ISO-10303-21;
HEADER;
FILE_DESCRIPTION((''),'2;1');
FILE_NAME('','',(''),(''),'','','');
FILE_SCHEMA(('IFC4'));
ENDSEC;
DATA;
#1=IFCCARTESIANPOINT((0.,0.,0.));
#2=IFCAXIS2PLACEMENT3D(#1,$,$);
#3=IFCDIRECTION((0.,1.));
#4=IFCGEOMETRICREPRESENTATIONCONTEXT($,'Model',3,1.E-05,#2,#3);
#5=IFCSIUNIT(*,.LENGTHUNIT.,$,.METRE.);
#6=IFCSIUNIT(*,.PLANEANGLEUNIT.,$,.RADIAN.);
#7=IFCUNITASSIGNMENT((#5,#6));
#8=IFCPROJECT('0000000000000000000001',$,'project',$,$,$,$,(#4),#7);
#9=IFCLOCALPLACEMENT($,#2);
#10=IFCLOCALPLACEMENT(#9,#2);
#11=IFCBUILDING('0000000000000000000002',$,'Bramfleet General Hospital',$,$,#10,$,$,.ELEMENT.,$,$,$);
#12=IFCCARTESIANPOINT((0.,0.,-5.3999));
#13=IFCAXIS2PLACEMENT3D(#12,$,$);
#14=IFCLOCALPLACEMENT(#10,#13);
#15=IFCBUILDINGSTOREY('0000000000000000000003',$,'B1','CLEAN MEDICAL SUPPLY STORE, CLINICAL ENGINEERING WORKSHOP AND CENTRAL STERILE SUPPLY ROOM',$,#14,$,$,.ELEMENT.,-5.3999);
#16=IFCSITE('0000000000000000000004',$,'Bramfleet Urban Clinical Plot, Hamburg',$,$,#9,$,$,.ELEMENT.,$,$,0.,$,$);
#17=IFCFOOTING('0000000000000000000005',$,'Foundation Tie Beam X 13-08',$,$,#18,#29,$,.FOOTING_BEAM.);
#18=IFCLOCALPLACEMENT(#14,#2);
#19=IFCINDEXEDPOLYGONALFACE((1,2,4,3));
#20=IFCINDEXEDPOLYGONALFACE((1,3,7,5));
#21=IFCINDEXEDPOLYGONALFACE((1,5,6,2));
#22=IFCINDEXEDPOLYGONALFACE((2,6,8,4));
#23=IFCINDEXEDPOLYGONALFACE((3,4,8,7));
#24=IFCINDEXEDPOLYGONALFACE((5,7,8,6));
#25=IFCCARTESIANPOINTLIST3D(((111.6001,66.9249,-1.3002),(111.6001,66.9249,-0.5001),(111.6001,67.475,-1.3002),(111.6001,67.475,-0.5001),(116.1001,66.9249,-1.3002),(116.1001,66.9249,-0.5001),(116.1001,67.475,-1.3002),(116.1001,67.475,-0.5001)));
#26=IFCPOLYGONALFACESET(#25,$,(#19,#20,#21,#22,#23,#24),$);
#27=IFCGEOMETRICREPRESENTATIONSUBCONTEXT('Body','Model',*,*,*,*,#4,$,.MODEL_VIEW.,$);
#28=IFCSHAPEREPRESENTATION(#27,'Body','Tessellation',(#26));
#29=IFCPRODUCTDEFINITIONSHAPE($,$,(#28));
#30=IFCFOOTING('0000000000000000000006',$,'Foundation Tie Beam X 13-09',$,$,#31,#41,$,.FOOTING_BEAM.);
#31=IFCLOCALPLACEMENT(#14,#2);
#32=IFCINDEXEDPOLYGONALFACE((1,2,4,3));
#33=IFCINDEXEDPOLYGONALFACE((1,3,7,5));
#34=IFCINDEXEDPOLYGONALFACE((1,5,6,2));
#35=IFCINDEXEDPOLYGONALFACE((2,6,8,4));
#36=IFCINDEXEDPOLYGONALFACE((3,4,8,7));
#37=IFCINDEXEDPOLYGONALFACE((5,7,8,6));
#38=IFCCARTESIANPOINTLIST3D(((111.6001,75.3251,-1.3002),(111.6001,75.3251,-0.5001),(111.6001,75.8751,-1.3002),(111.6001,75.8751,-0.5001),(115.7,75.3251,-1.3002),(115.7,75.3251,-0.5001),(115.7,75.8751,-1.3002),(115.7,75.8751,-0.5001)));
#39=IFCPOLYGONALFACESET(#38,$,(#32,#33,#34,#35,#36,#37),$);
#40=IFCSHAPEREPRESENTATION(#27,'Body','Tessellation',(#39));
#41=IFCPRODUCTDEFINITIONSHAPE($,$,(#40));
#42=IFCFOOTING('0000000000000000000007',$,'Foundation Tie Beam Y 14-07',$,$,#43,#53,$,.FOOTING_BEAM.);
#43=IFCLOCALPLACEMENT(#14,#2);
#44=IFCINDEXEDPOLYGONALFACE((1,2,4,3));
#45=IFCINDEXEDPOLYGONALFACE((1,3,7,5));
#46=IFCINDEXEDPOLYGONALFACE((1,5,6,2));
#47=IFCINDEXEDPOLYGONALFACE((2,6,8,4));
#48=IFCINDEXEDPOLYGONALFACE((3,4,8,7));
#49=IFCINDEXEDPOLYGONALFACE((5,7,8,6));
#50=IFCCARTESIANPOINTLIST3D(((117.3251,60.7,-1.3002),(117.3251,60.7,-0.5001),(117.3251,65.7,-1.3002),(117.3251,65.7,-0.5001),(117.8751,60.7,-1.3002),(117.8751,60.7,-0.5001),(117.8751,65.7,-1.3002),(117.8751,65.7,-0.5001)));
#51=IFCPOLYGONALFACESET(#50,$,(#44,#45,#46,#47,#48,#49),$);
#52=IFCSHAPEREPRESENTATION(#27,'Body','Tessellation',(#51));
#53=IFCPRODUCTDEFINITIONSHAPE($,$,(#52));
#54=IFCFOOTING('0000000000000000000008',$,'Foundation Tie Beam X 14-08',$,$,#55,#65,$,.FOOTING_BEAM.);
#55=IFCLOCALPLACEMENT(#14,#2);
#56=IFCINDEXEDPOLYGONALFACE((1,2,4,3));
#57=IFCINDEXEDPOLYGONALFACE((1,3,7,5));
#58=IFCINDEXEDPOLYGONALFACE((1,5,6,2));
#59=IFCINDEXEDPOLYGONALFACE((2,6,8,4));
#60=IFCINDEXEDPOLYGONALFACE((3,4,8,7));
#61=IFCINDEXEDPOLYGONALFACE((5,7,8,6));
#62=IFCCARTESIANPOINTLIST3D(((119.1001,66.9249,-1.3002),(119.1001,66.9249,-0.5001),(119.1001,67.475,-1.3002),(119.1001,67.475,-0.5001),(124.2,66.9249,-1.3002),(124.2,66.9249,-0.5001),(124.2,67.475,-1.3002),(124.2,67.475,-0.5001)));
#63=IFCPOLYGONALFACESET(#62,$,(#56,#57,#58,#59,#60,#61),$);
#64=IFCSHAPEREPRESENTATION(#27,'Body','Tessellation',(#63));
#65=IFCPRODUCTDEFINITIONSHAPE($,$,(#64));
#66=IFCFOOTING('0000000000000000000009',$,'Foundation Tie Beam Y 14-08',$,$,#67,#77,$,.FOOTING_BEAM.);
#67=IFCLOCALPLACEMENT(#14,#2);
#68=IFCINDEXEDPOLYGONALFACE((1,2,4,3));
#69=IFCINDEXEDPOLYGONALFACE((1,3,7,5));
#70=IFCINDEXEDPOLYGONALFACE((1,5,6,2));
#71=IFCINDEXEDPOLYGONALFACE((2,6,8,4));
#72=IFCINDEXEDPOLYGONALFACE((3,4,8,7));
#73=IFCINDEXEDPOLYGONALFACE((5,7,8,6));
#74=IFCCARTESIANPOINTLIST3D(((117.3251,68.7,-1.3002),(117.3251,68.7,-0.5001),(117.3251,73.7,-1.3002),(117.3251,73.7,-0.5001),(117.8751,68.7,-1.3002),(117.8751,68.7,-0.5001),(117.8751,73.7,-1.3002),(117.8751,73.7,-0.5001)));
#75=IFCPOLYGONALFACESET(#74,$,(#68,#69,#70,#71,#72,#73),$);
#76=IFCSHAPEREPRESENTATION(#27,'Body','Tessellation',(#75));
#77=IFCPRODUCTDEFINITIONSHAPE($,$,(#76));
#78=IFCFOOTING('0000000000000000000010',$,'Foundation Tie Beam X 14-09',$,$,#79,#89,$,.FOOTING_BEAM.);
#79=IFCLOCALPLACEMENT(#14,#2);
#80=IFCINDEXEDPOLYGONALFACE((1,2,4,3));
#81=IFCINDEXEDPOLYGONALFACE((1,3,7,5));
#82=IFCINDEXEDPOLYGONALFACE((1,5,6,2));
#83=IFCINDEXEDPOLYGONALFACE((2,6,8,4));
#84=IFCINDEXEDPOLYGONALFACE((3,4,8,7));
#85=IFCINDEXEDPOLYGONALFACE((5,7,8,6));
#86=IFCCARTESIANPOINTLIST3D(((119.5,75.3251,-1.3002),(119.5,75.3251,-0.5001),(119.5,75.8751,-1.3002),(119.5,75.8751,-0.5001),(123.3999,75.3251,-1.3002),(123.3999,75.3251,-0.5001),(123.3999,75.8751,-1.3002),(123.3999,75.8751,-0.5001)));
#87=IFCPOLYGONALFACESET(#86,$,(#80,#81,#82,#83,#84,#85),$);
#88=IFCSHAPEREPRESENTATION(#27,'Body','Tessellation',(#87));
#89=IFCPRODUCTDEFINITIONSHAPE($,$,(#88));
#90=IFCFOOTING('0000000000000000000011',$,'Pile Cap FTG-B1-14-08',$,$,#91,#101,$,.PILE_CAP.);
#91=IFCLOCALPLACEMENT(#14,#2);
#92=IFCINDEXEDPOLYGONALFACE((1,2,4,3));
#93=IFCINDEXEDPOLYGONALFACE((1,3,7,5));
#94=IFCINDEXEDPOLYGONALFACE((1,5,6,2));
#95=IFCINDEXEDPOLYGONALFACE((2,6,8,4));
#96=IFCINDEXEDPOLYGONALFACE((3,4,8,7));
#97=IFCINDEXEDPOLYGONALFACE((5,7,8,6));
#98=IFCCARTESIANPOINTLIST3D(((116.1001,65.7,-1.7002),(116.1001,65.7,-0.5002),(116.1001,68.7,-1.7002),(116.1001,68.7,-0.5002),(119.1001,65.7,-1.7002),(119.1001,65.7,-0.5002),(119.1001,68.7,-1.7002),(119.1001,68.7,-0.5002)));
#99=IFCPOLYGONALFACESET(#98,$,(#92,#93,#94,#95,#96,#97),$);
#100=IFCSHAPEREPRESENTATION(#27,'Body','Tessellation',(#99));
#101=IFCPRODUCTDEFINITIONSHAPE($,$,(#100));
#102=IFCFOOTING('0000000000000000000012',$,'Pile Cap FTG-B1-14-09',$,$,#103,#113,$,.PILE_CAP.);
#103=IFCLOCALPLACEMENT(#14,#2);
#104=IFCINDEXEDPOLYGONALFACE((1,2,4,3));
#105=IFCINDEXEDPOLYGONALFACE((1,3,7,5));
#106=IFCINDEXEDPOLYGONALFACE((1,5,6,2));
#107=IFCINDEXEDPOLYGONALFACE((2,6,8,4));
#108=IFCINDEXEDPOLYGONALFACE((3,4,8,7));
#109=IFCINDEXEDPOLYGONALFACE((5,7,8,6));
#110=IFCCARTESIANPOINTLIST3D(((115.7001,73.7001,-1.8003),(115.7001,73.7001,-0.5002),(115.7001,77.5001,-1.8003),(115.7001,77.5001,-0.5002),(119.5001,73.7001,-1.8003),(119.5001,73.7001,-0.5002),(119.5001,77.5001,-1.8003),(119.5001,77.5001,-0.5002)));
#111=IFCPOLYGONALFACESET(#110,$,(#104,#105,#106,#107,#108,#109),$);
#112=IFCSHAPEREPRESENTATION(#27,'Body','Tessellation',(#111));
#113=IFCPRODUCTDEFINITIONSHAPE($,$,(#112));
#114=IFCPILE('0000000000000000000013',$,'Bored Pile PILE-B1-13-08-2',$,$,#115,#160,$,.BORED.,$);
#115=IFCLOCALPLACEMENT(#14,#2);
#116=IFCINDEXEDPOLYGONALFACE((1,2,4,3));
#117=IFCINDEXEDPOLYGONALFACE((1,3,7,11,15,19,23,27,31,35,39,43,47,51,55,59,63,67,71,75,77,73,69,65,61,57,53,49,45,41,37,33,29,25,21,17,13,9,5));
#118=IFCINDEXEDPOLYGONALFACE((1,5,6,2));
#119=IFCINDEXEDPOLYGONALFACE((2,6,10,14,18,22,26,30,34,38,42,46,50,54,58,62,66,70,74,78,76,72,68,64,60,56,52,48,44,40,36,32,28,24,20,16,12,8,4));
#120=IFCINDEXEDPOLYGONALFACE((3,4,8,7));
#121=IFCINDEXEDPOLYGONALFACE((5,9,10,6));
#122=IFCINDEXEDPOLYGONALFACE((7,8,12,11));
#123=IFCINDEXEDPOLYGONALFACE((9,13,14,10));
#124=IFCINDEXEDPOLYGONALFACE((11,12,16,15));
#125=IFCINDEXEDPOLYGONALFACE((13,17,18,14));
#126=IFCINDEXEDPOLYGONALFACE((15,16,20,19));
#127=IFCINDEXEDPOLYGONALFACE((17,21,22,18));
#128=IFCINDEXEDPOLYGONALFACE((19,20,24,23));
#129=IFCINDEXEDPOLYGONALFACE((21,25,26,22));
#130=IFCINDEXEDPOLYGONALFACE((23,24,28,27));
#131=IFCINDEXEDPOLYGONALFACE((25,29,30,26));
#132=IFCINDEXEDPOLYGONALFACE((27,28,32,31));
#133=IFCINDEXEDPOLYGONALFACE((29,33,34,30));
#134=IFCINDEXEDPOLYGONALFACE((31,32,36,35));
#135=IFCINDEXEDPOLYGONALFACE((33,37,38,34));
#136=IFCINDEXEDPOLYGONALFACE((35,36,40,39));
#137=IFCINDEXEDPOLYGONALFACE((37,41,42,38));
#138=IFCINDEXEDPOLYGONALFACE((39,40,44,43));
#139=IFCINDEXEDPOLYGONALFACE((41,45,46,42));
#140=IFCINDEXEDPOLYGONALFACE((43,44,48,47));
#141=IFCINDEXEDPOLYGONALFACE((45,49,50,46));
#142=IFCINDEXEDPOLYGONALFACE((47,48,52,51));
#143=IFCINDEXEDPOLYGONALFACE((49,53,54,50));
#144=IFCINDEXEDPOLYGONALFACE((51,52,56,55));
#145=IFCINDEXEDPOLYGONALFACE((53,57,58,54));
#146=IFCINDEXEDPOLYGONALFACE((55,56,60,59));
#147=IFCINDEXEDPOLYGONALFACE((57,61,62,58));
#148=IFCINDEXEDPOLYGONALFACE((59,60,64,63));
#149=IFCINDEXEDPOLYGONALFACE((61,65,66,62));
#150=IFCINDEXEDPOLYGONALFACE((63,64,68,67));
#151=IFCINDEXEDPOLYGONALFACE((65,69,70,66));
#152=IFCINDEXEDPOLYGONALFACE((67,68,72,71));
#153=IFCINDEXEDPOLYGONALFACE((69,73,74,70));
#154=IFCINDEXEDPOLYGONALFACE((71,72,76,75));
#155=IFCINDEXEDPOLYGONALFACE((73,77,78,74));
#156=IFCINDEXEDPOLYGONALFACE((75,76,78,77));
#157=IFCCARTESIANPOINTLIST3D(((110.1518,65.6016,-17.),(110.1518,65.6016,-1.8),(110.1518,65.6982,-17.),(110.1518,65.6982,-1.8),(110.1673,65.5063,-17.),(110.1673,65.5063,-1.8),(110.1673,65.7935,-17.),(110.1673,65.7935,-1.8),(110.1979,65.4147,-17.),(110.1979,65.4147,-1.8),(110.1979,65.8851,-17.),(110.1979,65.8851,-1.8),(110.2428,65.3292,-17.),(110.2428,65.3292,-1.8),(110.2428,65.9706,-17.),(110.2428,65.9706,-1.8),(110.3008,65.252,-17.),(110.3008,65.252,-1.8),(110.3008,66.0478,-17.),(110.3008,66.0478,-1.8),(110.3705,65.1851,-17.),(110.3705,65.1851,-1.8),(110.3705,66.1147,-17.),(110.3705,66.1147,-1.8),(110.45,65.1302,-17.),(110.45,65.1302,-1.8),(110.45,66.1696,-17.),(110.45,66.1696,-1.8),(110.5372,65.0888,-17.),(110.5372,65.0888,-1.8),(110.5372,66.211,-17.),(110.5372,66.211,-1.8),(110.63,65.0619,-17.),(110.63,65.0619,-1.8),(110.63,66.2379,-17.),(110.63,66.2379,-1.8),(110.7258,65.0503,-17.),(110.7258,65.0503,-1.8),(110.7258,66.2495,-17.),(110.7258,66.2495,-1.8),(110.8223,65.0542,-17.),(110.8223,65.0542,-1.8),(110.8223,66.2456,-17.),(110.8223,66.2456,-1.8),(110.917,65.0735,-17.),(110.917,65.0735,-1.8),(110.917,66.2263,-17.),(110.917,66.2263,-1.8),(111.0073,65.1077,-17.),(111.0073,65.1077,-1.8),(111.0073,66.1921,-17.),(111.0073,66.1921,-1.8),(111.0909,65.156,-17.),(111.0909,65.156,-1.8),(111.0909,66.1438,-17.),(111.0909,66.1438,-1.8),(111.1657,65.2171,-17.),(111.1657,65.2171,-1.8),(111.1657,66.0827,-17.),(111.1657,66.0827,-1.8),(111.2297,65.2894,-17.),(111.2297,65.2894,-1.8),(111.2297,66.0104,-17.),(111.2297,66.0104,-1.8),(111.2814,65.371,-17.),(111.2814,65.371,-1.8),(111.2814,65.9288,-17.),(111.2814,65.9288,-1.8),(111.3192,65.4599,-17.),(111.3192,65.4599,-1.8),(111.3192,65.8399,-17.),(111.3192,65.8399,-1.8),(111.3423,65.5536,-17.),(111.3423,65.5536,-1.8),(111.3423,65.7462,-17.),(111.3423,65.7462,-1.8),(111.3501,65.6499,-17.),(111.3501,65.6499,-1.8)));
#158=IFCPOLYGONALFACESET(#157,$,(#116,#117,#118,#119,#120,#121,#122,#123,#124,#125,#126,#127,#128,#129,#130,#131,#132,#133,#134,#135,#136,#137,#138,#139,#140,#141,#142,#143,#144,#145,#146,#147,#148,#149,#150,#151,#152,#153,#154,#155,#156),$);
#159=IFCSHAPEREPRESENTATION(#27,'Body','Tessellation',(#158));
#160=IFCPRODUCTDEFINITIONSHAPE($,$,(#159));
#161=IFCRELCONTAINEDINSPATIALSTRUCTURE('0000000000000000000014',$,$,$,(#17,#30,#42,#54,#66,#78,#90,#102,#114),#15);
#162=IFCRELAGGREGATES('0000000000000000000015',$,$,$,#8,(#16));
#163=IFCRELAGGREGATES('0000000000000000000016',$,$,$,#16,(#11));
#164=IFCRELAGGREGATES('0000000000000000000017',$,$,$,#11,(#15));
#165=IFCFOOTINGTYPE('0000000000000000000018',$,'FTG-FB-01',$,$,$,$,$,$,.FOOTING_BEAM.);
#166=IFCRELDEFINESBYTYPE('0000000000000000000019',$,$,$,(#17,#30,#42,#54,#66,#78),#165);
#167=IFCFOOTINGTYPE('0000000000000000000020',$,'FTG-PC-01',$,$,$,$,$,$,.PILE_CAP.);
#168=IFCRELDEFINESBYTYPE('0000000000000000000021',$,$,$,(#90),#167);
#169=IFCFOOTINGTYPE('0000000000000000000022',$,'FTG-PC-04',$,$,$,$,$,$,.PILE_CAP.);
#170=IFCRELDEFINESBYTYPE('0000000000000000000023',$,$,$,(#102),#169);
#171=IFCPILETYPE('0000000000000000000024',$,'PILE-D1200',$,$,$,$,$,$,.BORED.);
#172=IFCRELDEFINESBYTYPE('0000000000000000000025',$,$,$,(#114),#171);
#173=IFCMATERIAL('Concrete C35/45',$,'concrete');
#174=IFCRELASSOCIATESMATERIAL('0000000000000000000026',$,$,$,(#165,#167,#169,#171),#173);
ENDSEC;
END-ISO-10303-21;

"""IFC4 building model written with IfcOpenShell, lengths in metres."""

from ifc_helpers import new_model, si_unit, direction, frame, origin, origin_2d, place, context, subcontext, project, spatial, rectangle, circle, extrude, material, material_profile, profile_set, type_object, element, save


model = new_model("IFC4")

# Units and contexts
model_context = context("Model", 3, precision=1e-05, world=origin(), true_north=direction((0.0, 1.0)))
body_context = subcontext(model_context, "Body", "Model", "MODEL_VIEW")
ifc_project = project(units=[si_unit("LENGTHUNIT", "METRE"), si_unit("PLANEANGLEUNIT", "RADIAN")], contexts=[model_context])

# Site, building, storey
site_placement = place(None, origin())
site = spatial("IfcSite", under=ifc_project, at=site_placement, Name="Bramfleet Urban Clinical Plot, Hamburg", CompositionType="ELEMENT", RefElevation=0.0)
building_placement = place(site_placement, origin())
building = spatial("IfcBuilding", under=site, at=building_placement, Name="Bramfleet General Hospital", CompositionType="ELEMENT")
storey_placement = place(building_placement, frame((0.0, 0.0, -5.3999)))
storey = spatial("IfcBuildingStorey", under=building, at=storey_placement, Name="B1", Description="CLEAN MEDICAL SUPPLY STORE, CLINICAL ENGINEERING WORKSHOP AND CENTRAL STERILE SUPPLY ROOM", CompositionType="ELEMENT", Elevation=-5.3999)

# Footings
ifc_material_1 = material(Name="Concrete C35/45", Category="concrete")
ifc_material_profile_1 = material_profile(ifc_material_1, rectangle(XDim=0.55, YDim=0.8, at=origin_2d()), Name="RC FB 800x550")
ifc_profile_set_1 = profile_set([ifc_material_profile_1], Name="Concrete C35/45")
footing_type_1 = type_object("IfcFootingType", Name="FTG-FB-01", PredefinedType="FOOTING_BEAM", material=ifc_profile_set_1)
footing_1_placement = place(storey_placement, frame((111.6001, 67.2, -0.9001), z_axis=(1.0, 0.0, 0.0), x_axis=(0.0, 1.0, 0.0)))
element("IfcFooting", 1, at=footing_1_placement, inside=storey, type_object=footing_type_1, Name="Foundation Tie Beam X 13-08", PredefinedType="FOOTING_BEAM", context=body_context, shape_type="SweptSolid", body=[
    extrude(rectangle(XDim=0.55, YDim=0.8, at=origin_2d()), origin(), (0.0, 0.0, 1.0), 4.5),
])
footing_2_placement = place(storey_placement, frame((111.6001, 75.6001, -0.9001), z_axis=(1.0, 0.0, 0.0), x_axis=(0.0, 1.0, 0.0)))
element("IfcFooting", 2, at=footing_2_placement, inside=storey, type_object=footing_type_1, Name="Foundation Tie Beam X 13-09", PredefinedType="FOOTING_BEAM", context=body_context, shape_type="SweptSolid", body=[
    extrude(rectangle(XDim=0.55, YDim=0.8, at=origin_2d()), origin(), (0.0, 0.0, 1.0), 4.0999),
])
footing_3_placement = place(storey_placement, frame((117.6001, 60.7, -0.9001), z_axis=(0.0, 1.0, 0.0), x_axis=(-1.0, 0.0, 0.0)))
element("IfcFooting", 3, at=footing_3_placement, inside=storey, type_object=footing_type_1, Name="Foundation Tie Beam Y 14-07", PredefinedType="FOOTING_BEAM", context=body_context, shape_type="SweptSolid", body=[
    extrude(rectangle(XDim=0.55, YDim=0.8, at=origin_2d()), origin(), (0.0, 0.0, 1.0), 5.0),
])
footing_4_placement = place(storey_placement, frame((119.1001, 67.2, -0.9001), z_axis=(1.0, 0.0, 0.0), x_axis=(0.0, 1.0, 0.0)))
element("IfcFooting", 4, at=footing_4_placement, inside=storey, type_object=footing_type_1, Name="Foundation Tie Beam X 14-08", PredefinedType="FOOTING_BEAM", context=body_context, shape_type="SweptSolid", body=[
    extrude(rectangle(XDim=0.55, YDim=0.8, at=origin_2d()), origin(), (0.0, 0.0, 1.0), 5.0999),
])
footing_5_placement = place(storey_placement, frame((117.6001, 68.7, -0.9001), z_axis=(0.0, 1.0, 0.0), x_axis=(-1.0, 0.0, 0.0)))
element("IfcFooting", 5, at=footing_5_placement, inside=storey, type_object=footing_type_1, Name="Foundation Tie Beam Y 14-08", PredefinedType="FOOTING_BEAM", context=body_context, shape_type="SweptSolid", body=[
    extrude(rectangle(XDim=0.55, YDim=0.8, at=origin_2d()), origin(), (0.0, 0.0, 1.0), 5.0),
])
footing_6_placement = place(storey_placement, frame((119.5, 75.6001, -0.9001), z_axis=(1.0, 0.0, 0.0), x_axis=(0.0, 1.0, 0.0)))
element("IfcFooting", 6, at=footing_6_placement, inside=storey, type_object=footing_type_1, Name="Foundation Tie Beam X 14-09", PredefinedType="FOOTING_BEAM", context=body_context, shape_type="SweptSolid", body=[
    extrude(rectangle(XDim=0.55, YDim=0.8, at=origin_2d()), origin(), (0.0, 0.0, 1.0), 3.8999),
])
footing_type_2 = type_object("IfcFootingType", Name="FTG-PC-01", PredefinedType="PILE_CAP", material=ifc_material_1)
footing_7_placement = place(storey_placement, frame((117.6001, 67.2, -1.7002), z_axis=(0.0, 0.0, 1.0), x_axis=(1.0, 0.0, 0.0)))
element("IfcFooting", 7, at=footing_7_placement, inside=storey, type_object=footing_type_2, Name="Pile Cap FTG-B1-14-08", PredefinedType="PILE_CAP", context=body_context, shape_type="SweptSolid", body=[
    extrude(rectangle(XDim=3.0, YDim=3.0, at=origin_2d()), origin(), (0.0, 0.0, 1.0), 1.2),
])
footing_type_3 = type_object("IfcFootingType", Name="FTG-PC-04", PredefinedType="PILE_CAP", material=ifc_material_1)
footing_8_placement = place(storey_placement, frame((117.6001, 75.6001, -1.8003), z_axis=(0.0, 0.0, 1.0), x_axis=(1.0, 0.0, 0.0)))
element("IfcFooting", 8, at=footing_8_placement, inside=storey, type_object=footing_type_3, Name="Pile Cap FTG-B1-14-09", PredefinedType="PILE_CAP", context=body_context, shape_type="SweptSolid", body=[
    extrude(rectangle(XDim=3.8, YDim=3.8, at=origin_2d()), origin(), (0.0, 0.0, 1.0), 1.3),
])

# Pile
ifc_material_profile_2 = material_profile(ifc_material_1, circle(Radius=0.6001, at=origin_2d()), Name="PILE BORED D1200")
ifc_profile_set_2 = profile_set([ifc_material_profile_2], Name="Concrete C35/45")
pile_type_1 = type_object("IfcPileType", Name="PILE-D1200", PredefinedType="BORED", material=ifc_profile_set_2)
for number, where, z_axis, x_axis, name in (
    (9, (110.75, 65.6499, -1.8), (0.0, 0.0, -1.0), (1.0, 0.0, 0.0), "Bored Pile PILE-B1-13-08-2"),
):
    element("IfcPile", number, at=place(storey_placement, frame(where, z_axis=z_axis, x_axis=x_axis)), inside=storey, type_object=pile_type_1, Name=name, PredefinedType="BORED", context=body_context, shape_type="SweptSolid", body=[
        extrude(circle(Radius=0.6001, at=origin_2d()), origin(), (0.0, 0.0, 1.0), 15.2),
    ])

save(model, "model.ifc")
